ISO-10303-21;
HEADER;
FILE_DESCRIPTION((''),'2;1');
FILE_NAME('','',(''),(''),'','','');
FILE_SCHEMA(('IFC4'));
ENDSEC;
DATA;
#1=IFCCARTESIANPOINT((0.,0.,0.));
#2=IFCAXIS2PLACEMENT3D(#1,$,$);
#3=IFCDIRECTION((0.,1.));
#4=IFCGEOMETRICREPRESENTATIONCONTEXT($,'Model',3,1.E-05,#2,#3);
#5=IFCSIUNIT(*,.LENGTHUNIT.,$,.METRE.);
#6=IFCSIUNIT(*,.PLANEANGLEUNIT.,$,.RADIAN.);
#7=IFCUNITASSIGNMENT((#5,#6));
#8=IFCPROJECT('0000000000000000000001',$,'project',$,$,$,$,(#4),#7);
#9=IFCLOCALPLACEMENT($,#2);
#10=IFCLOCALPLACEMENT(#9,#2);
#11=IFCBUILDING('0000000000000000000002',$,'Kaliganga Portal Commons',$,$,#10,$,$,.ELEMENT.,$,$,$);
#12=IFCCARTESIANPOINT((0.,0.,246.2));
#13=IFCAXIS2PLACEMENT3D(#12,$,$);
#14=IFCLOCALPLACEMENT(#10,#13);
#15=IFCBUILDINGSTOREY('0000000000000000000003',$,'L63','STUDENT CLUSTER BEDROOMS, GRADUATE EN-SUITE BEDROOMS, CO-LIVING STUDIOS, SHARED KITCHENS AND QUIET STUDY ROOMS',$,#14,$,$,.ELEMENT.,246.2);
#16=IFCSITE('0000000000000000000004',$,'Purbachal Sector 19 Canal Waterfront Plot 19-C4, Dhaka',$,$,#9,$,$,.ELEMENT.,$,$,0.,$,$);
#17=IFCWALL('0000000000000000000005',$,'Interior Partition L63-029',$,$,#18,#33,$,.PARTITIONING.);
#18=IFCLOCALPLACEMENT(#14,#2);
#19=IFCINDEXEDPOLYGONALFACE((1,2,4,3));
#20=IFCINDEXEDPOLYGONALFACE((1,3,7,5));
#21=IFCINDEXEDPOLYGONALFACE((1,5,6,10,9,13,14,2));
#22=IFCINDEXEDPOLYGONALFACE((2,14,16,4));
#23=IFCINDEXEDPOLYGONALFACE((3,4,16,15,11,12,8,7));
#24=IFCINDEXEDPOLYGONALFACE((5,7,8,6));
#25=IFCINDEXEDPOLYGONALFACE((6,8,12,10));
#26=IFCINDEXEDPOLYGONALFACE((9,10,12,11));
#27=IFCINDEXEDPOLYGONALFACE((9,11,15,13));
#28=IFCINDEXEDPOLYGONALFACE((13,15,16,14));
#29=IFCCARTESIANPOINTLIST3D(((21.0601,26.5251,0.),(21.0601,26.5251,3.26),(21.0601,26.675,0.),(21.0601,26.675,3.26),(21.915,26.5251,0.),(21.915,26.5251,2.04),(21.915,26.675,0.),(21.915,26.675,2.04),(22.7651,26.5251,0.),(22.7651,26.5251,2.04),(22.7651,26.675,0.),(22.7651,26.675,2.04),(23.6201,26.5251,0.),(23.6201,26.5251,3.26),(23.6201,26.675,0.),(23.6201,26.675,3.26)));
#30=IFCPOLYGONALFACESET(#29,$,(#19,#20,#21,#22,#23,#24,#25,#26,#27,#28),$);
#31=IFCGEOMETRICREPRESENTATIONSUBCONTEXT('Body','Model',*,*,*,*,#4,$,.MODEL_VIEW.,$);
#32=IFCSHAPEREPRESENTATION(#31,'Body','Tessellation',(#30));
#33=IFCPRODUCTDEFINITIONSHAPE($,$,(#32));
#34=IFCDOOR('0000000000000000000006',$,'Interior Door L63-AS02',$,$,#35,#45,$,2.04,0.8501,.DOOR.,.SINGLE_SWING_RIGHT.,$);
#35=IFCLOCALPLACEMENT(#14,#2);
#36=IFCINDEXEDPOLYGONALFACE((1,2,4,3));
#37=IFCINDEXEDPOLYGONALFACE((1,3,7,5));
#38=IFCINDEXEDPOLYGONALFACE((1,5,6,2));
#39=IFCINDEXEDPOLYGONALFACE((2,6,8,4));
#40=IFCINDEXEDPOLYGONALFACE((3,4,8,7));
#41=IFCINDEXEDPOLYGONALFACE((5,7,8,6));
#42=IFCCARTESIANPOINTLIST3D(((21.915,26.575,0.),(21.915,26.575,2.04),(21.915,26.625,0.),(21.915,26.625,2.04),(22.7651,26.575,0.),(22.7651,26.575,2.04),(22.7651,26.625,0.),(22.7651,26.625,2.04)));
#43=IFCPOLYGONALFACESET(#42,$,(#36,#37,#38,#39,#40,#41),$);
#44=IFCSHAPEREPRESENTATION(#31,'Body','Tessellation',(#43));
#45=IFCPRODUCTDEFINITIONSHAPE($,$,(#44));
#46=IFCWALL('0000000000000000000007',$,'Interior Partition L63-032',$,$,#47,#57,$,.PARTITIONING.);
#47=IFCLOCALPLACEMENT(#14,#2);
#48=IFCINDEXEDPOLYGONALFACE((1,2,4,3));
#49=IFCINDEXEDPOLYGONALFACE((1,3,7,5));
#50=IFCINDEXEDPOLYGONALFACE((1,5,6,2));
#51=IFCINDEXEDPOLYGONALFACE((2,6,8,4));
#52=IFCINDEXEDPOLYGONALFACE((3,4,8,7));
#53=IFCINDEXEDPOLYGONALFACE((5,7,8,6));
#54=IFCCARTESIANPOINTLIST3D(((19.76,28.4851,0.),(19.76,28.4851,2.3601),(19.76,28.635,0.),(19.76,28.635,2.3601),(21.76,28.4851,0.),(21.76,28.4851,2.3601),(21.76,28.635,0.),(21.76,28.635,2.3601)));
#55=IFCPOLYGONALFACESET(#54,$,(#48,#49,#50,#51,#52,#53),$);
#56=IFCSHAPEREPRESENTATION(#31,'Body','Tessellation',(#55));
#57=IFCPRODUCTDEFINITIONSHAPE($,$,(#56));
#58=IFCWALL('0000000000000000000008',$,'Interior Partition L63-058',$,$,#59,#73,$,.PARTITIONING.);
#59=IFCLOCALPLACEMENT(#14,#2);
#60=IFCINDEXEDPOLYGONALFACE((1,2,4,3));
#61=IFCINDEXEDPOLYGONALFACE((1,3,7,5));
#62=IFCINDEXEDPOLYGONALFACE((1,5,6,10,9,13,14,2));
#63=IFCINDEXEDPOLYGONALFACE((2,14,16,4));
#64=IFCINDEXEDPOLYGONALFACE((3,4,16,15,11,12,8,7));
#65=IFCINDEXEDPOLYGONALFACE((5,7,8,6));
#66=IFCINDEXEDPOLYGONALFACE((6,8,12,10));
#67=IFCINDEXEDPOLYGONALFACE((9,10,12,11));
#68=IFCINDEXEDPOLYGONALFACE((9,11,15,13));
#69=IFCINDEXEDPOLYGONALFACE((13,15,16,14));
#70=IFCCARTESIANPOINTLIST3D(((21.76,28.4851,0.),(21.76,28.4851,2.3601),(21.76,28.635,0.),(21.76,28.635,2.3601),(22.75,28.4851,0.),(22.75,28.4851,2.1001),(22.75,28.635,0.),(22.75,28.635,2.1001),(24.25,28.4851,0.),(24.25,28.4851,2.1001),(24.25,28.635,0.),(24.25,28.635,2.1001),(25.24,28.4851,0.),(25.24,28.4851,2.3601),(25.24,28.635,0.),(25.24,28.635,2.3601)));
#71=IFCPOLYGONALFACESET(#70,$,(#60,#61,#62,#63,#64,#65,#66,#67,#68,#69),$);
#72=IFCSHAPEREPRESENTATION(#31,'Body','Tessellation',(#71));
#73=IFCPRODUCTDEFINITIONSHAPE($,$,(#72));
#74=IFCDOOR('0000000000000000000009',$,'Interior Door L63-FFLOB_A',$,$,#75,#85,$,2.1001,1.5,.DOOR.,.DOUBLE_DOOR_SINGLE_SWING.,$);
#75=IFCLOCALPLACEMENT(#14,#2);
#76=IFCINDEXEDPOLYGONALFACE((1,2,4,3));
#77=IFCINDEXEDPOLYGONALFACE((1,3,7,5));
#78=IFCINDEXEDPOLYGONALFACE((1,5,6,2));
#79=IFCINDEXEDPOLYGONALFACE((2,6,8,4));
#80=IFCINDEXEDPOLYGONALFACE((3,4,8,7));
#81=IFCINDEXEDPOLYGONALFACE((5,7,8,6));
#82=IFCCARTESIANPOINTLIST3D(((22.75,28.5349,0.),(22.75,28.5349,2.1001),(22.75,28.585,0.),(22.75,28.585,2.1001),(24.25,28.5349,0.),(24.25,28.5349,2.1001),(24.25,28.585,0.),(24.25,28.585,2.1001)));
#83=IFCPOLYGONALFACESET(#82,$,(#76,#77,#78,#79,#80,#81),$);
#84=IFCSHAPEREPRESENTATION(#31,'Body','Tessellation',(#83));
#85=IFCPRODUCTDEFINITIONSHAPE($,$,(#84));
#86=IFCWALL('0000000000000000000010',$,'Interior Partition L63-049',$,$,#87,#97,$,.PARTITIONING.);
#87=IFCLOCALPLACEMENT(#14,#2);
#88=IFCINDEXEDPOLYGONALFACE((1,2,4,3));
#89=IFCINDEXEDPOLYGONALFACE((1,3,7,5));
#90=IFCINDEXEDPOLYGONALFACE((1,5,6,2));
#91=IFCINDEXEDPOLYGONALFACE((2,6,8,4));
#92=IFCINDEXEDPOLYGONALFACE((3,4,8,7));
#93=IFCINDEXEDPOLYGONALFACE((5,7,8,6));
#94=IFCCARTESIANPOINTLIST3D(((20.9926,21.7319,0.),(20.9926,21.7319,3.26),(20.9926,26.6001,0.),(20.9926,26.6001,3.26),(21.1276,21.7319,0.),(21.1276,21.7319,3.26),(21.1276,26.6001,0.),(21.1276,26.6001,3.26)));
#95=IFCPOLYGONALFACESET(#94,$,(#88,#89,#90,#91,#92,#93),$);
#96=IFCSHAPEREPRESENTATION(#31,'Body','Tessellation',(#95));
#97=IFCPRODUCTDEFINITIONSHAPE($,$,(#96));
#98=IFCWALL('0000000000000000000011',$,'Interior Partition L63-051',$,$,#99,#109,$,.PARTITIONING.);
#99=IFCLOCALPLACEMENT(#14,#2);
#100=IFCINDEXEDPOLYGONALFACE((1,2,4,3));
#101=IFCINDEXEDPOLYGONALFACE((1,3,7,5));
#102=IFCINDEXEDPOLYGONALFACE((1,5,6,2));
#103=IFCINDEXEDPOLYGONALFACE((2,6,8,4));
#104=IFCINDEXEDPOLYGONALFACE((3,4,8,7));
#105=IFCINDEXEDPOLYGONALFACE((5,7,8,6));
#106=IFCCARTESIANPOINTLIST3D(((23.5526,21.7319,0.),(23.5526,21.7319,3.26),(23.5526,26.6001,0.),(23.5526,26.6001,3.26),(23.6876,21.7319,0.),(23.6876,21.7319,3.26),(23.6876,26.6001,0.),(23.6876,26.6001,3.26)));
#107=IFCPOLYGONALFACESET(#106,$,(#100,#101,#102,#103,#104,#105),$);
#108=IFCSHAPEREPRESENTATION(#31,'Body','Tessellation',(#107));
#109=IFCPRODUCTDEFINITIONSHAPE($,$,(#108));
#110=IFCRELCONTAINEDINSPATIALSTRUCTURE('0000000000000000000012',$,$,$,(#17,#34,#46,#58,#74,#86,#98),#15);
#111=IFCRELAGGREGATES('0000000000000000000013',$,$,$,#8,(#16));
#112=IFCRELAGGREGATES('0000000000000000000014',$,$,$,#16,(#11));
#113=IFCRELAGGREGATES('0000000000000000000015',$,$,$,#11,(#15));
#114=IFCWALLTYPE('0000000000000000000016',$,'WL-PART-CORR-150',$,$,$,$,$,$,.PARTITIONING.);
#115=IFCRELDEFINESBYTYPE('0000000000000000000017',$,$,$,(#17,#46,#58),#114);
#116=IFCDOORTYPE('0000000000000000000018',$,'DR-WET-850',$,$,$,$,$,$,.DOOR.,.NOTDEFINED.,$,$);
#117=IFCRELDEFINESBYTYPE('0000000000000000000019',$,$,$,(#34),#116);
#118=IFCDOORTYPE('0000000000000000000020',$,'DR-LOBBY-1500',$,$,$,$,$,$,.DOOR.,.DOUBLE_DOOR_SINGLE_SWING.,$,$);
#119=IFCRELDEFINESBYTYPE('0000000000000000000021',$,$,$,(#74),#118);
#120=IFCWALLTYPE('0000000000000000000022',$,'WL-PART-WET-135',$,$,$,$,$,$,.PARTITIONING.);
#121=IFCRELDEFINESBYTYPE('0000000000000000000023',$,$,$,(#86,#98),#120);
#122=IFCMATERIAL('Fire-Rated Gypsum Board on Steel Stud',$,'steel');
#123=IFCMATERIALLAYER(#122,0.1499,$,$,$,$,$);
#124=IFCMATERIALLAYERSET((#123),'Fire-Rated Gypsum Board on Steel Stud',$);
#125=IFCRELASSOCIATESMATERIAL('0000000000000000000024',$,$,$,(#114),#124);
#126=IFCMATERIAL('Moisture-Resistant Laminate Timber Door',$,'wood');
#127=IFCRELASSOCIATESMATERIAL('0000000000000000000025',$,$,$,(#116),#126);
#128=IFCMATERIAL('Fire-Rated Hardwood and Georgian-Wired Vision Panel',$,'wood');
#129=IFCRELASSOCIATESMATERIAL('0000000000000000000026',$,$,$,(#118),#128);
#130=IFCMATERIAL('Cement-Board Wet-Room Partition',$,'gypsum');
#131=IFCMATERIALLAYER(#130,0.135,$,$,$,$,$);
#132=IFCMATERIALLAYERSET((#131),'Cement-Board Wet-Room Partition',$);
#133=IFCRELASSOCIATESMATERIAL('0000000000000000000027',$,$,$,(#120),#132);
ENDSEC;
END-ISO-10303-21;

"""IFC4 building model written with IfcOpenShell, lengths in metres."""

from ifc_helpers import new_model, si_unit, direction, frame, frame_2d, origin, place, context, subcontext, project, spatial, rectangle, extrude, material, layer, layer_set, type_object, element, fill, save


model = new_model("IFC4")

# Units and contexts
model_context = context("Model", 3, precision=1e-05, world=origin(), true_north=direction((0.0, 1.0)))
body_context = subcontext(model_context, "Body", "Model", "MODEL_VIEW")
ifc_project = project(units=[si_unit("LENGTHUNIT", "METRE"), si_unit("PLANEANGLEUNIT", "RADIAN")], contexts=[model_context])

# Site, building, storey
site_placement = place(None, origin())
site = spatial("IfcSite", under=ifc_project, at=site_placement, Name="Purbachal Sector 19 Canal Waterfront Plot 19-C4, Dhaka", CompositionType="ELEMENT", RefElevation=0.0)
building_placement = place(site_placement, origin())
building = spatial("IfcBuilding", under=site, at=building_placement, Name="Kaliganga Portal Commons", CompositionType="ELEMENT")
storey_placement = place(building_placement, frame((0.0, 0.0, 246.2)))
storey = spatial("IfcBuildingStorey", under=building, at=storey_placement, Name="L63", Description="STUDENT CLUSTER BEDROOMS, GRADUATE EN-SUITE BEDROOMS, CO-LIVING STUDIOS, SHARED KITCHENS AND QUIET STUDY ROOMS", CompositionType="ELEMENT", Elevation=246.2)

# Shared definitions
ifc_material_1 = material(Name="Fire-Rated Gypsum Board on Steel Stud", Category="steel")
ifc_layer_1 = layer(ifc_material_1, 0.1499)
ifc_layer_set_1 = layer_set([ifc_layer_1], Name="Fire-Rated Gypsum Board on Steel Stud")
wall_type_1 = type_object("IfcWallType", Name="WL-PART-CORR-150", PredefinedType="PARTITIONING", material=ifc_layer_set_1)

# Wall, opening, door
wall_1_placement = place(storey_placement, frame((21.0601, 26.6001, 0.0), z_axis=(0.0, 0.0, 1.0), x_axis=(1.0, 0.0, 0.0)))
wall_1 = element("IfcWall", 1, at=wall_1_placement, inside=storey, type_object=wall_type_1, Name="Interior Partition L63-029", PredefinedType="PARTITIONING", context=body_context, shape_type="SweptSolid", body=[
    extrude(rectangle(XDim=2.5601, YDim=0.1499, at=frame_2d((1.28, 0.0))), origin(), (0.0, 0.0, 1.0), 3.26),
])
opening_1_placement = place(wall_1_placement, frame((0.855, 0.0, 0.0)))
opening_1 = element("IfcOpeningElement", 2, at=opening_1_placement, cuts=wall_1, PredefinedType="OPENING", context=body_context, shape_type="SweptSolid", body=[
    extrude(rectangle(XDim=0.8501, YDim=2.04, at=frame_2d((0.425, 1.02))), frame((0.0, 0.085, 0.0), z_axis=(0.0, -1.0, 0.0), x_axis=(1.0, 0.0, 0.0)), (0.0, 0.0, 1.0), 0.1699),
])
ifc_material_2 = material(Name="Moisture-Resistant Laminate Timber Door", Category="wood")
door_type_1 = type_object("IfcDoorType", Name="DR-WET-850", OperationType="NOTDEFINED", PredefinedType="DOOR", material=ifc_material_2)
door_1_placement = place(opening_1_placement, origin())
door_1 = element("IfcDoor", 3, at=door_1_placement, inside=storey, type_object=door_type_1, Name="Interior Door L63-AS02", OperationType="SINGLE_SWING_RIGHT", OverallHeight=2.04, OverallWidth=0.8501, PredefinedType="DOOR", context=body_context, shape_type="SweptSolid", body=[
    extrude(rectangle(XDim=0.8501, YDim=2.04, at=frame_2d((0.425, 1.02))), frame((0.0, 0.0249, 0.0), z_axis=(0.0, -1.0, 0.0), x_axis=(1.0, 0.0, 0.0)), (0.0, 0.0, 1.0), 0.05),
])
fill(opening_1, door_1)

# Wall
wall_2_placement = place(storey_placement, frame((19.76, 28.5601, 0.0), z_axis=(0.0, 0.0, 1.0), x_axis=(1.0, 0.0, 0.0)))
element("IfcWall", 4, at=wall_2_placement, inside=storey, type_object=wall_type_1, Name="Interior Partition L63-032", PredefinedType="PARTITIONING", context=body_context, shape_type="SweptSolid", body=[
    extrude(rectangle(XDim=2.0, YDim=0.1499, at=frame_2d((1.0, 0.0))), origin(), (0.0, 0.0, 1.0), 2.3601),
])

# Wall, opening, door
wall_3_placement = place(storey_placement, frame((21.76, 28.5601, 0.0), z_axis=(0.0, 0.0, 1.0), x_axis=(1.0, 0.0, 0.0)))
wall_3 = element("IfcWall", 5, at=wall_3_placement, inside=storey, type_object=wall_type_1, Name="Interior Partition L63-058", PredefinedType="PARTITIONING", context=body_context, shape_type="SweptSolid", body=[
    extrude(rectangle(XDim=3.48, YDim=0.1499, at=frame_2d((1.74, 0.0))), origin(), (0.0, 0.0, 1.0), 2.3601),
])
opening_2_placement = place(wall_3_placement, frame((0.99, 0.0, 0.0)))
opening_2 = element("IfcOpeningElement", 6, at=opening_2_placement, cuts=wall_3, PredefinedType="OPENING", context=body_context, shape_type="SweptSolid", body=[
    extrude(rectangle(XDim=1.5, YDim=2.1001, at=frame_2d((0.75, 1.05))), frame((0.0, 0.085, 0.0), z_axis=(0.0, -1.0, 0.0), x_axis=(1.0, 0.0, 0.0)), (0.0, 0.0, 1.0), 0.1699),
])
ifc_material_3 = material(Name="Fire-Rated Hardwood and Georgian-Wired Vision Panel", Category="wood")
door_type_2 = type_object("IfcDoorType", Name="DR-LOBBY-1500", OperationType="DOUBLE_DOOR_SINGLE_SWING", PredefinedType="DOOR", material=ifc_material_3)
door_2_placement = place(opening_2_placement, origin())
door_2 = element("IfcDoor", 7, at=door_2_placement, inside=storey, type_object=door_type_2, Name="Interior Door L63-FFLOB_A", OperationType="DOUBLE_DOOR_SINGLE_SWING", OverallHeight=2.1001, OverallWidth=1.5, PredefinedType="DOOR", context=body_context, shape_type="SweptSolid", body=[
    extrude(rectangle(XDim=1.5, YDim=2.1001, at=frame_2d((0.75, 1.05))), frame((0.0, 0.0249, 0.0), z_axis=(0.0, -1.0, 0.0), x_axis=(1.0, 0.0, 0.0)), (0.0, 0.0, 1.0), 0.05),
])
fill(opening_2, door_2)

# Walls
ifc_material_4 = material(Name="Cement-Board Wet-Room Partition", Category="gypsum")
ifc_layer_2 = layer(ifc_material_4, 0.135)
ifc_layer_set_2 = layer_set([ifc_layer_2], Name="Cement-Board Wet-Room Partition")
wall_type_2 = type_object("IfcWallType", Name="WL-PART-WET-135", PredefinedType="PARTITIONING", material=ifc_layer_set_2)
for number, where, z_axis, x_axis, name in (
    (8, (21.0601, 21.7319, 0.0), (0.0, 0.0, 1.0), (0.0, 1.0, 0.0), "Interior Partition L63-049"),
    (9, (23.6201, 21.7319, 0.0), (0.0, 0.0, 1.0), (0.0, 1.0, 0.0), "Interior Partition L63-051"),
):
    element("IfcWall", number, at=place(storey_placement, frame(where, z_axis=z_axis, x_axis=x_axis)), inside=storey, type_object=wall_type_2, Name=name, PredefinedType="PARTITIONING", context=body_context, shape_type="SweptSolid", body=[
        extrude(rectangle(XDim=4.8682, YDim=0.135, at=frame_2d((2.4341, 0.0))), origin(), (0.0, 0.0, 1.0), 3.26),
    ])

save(model, "model.ifc")
